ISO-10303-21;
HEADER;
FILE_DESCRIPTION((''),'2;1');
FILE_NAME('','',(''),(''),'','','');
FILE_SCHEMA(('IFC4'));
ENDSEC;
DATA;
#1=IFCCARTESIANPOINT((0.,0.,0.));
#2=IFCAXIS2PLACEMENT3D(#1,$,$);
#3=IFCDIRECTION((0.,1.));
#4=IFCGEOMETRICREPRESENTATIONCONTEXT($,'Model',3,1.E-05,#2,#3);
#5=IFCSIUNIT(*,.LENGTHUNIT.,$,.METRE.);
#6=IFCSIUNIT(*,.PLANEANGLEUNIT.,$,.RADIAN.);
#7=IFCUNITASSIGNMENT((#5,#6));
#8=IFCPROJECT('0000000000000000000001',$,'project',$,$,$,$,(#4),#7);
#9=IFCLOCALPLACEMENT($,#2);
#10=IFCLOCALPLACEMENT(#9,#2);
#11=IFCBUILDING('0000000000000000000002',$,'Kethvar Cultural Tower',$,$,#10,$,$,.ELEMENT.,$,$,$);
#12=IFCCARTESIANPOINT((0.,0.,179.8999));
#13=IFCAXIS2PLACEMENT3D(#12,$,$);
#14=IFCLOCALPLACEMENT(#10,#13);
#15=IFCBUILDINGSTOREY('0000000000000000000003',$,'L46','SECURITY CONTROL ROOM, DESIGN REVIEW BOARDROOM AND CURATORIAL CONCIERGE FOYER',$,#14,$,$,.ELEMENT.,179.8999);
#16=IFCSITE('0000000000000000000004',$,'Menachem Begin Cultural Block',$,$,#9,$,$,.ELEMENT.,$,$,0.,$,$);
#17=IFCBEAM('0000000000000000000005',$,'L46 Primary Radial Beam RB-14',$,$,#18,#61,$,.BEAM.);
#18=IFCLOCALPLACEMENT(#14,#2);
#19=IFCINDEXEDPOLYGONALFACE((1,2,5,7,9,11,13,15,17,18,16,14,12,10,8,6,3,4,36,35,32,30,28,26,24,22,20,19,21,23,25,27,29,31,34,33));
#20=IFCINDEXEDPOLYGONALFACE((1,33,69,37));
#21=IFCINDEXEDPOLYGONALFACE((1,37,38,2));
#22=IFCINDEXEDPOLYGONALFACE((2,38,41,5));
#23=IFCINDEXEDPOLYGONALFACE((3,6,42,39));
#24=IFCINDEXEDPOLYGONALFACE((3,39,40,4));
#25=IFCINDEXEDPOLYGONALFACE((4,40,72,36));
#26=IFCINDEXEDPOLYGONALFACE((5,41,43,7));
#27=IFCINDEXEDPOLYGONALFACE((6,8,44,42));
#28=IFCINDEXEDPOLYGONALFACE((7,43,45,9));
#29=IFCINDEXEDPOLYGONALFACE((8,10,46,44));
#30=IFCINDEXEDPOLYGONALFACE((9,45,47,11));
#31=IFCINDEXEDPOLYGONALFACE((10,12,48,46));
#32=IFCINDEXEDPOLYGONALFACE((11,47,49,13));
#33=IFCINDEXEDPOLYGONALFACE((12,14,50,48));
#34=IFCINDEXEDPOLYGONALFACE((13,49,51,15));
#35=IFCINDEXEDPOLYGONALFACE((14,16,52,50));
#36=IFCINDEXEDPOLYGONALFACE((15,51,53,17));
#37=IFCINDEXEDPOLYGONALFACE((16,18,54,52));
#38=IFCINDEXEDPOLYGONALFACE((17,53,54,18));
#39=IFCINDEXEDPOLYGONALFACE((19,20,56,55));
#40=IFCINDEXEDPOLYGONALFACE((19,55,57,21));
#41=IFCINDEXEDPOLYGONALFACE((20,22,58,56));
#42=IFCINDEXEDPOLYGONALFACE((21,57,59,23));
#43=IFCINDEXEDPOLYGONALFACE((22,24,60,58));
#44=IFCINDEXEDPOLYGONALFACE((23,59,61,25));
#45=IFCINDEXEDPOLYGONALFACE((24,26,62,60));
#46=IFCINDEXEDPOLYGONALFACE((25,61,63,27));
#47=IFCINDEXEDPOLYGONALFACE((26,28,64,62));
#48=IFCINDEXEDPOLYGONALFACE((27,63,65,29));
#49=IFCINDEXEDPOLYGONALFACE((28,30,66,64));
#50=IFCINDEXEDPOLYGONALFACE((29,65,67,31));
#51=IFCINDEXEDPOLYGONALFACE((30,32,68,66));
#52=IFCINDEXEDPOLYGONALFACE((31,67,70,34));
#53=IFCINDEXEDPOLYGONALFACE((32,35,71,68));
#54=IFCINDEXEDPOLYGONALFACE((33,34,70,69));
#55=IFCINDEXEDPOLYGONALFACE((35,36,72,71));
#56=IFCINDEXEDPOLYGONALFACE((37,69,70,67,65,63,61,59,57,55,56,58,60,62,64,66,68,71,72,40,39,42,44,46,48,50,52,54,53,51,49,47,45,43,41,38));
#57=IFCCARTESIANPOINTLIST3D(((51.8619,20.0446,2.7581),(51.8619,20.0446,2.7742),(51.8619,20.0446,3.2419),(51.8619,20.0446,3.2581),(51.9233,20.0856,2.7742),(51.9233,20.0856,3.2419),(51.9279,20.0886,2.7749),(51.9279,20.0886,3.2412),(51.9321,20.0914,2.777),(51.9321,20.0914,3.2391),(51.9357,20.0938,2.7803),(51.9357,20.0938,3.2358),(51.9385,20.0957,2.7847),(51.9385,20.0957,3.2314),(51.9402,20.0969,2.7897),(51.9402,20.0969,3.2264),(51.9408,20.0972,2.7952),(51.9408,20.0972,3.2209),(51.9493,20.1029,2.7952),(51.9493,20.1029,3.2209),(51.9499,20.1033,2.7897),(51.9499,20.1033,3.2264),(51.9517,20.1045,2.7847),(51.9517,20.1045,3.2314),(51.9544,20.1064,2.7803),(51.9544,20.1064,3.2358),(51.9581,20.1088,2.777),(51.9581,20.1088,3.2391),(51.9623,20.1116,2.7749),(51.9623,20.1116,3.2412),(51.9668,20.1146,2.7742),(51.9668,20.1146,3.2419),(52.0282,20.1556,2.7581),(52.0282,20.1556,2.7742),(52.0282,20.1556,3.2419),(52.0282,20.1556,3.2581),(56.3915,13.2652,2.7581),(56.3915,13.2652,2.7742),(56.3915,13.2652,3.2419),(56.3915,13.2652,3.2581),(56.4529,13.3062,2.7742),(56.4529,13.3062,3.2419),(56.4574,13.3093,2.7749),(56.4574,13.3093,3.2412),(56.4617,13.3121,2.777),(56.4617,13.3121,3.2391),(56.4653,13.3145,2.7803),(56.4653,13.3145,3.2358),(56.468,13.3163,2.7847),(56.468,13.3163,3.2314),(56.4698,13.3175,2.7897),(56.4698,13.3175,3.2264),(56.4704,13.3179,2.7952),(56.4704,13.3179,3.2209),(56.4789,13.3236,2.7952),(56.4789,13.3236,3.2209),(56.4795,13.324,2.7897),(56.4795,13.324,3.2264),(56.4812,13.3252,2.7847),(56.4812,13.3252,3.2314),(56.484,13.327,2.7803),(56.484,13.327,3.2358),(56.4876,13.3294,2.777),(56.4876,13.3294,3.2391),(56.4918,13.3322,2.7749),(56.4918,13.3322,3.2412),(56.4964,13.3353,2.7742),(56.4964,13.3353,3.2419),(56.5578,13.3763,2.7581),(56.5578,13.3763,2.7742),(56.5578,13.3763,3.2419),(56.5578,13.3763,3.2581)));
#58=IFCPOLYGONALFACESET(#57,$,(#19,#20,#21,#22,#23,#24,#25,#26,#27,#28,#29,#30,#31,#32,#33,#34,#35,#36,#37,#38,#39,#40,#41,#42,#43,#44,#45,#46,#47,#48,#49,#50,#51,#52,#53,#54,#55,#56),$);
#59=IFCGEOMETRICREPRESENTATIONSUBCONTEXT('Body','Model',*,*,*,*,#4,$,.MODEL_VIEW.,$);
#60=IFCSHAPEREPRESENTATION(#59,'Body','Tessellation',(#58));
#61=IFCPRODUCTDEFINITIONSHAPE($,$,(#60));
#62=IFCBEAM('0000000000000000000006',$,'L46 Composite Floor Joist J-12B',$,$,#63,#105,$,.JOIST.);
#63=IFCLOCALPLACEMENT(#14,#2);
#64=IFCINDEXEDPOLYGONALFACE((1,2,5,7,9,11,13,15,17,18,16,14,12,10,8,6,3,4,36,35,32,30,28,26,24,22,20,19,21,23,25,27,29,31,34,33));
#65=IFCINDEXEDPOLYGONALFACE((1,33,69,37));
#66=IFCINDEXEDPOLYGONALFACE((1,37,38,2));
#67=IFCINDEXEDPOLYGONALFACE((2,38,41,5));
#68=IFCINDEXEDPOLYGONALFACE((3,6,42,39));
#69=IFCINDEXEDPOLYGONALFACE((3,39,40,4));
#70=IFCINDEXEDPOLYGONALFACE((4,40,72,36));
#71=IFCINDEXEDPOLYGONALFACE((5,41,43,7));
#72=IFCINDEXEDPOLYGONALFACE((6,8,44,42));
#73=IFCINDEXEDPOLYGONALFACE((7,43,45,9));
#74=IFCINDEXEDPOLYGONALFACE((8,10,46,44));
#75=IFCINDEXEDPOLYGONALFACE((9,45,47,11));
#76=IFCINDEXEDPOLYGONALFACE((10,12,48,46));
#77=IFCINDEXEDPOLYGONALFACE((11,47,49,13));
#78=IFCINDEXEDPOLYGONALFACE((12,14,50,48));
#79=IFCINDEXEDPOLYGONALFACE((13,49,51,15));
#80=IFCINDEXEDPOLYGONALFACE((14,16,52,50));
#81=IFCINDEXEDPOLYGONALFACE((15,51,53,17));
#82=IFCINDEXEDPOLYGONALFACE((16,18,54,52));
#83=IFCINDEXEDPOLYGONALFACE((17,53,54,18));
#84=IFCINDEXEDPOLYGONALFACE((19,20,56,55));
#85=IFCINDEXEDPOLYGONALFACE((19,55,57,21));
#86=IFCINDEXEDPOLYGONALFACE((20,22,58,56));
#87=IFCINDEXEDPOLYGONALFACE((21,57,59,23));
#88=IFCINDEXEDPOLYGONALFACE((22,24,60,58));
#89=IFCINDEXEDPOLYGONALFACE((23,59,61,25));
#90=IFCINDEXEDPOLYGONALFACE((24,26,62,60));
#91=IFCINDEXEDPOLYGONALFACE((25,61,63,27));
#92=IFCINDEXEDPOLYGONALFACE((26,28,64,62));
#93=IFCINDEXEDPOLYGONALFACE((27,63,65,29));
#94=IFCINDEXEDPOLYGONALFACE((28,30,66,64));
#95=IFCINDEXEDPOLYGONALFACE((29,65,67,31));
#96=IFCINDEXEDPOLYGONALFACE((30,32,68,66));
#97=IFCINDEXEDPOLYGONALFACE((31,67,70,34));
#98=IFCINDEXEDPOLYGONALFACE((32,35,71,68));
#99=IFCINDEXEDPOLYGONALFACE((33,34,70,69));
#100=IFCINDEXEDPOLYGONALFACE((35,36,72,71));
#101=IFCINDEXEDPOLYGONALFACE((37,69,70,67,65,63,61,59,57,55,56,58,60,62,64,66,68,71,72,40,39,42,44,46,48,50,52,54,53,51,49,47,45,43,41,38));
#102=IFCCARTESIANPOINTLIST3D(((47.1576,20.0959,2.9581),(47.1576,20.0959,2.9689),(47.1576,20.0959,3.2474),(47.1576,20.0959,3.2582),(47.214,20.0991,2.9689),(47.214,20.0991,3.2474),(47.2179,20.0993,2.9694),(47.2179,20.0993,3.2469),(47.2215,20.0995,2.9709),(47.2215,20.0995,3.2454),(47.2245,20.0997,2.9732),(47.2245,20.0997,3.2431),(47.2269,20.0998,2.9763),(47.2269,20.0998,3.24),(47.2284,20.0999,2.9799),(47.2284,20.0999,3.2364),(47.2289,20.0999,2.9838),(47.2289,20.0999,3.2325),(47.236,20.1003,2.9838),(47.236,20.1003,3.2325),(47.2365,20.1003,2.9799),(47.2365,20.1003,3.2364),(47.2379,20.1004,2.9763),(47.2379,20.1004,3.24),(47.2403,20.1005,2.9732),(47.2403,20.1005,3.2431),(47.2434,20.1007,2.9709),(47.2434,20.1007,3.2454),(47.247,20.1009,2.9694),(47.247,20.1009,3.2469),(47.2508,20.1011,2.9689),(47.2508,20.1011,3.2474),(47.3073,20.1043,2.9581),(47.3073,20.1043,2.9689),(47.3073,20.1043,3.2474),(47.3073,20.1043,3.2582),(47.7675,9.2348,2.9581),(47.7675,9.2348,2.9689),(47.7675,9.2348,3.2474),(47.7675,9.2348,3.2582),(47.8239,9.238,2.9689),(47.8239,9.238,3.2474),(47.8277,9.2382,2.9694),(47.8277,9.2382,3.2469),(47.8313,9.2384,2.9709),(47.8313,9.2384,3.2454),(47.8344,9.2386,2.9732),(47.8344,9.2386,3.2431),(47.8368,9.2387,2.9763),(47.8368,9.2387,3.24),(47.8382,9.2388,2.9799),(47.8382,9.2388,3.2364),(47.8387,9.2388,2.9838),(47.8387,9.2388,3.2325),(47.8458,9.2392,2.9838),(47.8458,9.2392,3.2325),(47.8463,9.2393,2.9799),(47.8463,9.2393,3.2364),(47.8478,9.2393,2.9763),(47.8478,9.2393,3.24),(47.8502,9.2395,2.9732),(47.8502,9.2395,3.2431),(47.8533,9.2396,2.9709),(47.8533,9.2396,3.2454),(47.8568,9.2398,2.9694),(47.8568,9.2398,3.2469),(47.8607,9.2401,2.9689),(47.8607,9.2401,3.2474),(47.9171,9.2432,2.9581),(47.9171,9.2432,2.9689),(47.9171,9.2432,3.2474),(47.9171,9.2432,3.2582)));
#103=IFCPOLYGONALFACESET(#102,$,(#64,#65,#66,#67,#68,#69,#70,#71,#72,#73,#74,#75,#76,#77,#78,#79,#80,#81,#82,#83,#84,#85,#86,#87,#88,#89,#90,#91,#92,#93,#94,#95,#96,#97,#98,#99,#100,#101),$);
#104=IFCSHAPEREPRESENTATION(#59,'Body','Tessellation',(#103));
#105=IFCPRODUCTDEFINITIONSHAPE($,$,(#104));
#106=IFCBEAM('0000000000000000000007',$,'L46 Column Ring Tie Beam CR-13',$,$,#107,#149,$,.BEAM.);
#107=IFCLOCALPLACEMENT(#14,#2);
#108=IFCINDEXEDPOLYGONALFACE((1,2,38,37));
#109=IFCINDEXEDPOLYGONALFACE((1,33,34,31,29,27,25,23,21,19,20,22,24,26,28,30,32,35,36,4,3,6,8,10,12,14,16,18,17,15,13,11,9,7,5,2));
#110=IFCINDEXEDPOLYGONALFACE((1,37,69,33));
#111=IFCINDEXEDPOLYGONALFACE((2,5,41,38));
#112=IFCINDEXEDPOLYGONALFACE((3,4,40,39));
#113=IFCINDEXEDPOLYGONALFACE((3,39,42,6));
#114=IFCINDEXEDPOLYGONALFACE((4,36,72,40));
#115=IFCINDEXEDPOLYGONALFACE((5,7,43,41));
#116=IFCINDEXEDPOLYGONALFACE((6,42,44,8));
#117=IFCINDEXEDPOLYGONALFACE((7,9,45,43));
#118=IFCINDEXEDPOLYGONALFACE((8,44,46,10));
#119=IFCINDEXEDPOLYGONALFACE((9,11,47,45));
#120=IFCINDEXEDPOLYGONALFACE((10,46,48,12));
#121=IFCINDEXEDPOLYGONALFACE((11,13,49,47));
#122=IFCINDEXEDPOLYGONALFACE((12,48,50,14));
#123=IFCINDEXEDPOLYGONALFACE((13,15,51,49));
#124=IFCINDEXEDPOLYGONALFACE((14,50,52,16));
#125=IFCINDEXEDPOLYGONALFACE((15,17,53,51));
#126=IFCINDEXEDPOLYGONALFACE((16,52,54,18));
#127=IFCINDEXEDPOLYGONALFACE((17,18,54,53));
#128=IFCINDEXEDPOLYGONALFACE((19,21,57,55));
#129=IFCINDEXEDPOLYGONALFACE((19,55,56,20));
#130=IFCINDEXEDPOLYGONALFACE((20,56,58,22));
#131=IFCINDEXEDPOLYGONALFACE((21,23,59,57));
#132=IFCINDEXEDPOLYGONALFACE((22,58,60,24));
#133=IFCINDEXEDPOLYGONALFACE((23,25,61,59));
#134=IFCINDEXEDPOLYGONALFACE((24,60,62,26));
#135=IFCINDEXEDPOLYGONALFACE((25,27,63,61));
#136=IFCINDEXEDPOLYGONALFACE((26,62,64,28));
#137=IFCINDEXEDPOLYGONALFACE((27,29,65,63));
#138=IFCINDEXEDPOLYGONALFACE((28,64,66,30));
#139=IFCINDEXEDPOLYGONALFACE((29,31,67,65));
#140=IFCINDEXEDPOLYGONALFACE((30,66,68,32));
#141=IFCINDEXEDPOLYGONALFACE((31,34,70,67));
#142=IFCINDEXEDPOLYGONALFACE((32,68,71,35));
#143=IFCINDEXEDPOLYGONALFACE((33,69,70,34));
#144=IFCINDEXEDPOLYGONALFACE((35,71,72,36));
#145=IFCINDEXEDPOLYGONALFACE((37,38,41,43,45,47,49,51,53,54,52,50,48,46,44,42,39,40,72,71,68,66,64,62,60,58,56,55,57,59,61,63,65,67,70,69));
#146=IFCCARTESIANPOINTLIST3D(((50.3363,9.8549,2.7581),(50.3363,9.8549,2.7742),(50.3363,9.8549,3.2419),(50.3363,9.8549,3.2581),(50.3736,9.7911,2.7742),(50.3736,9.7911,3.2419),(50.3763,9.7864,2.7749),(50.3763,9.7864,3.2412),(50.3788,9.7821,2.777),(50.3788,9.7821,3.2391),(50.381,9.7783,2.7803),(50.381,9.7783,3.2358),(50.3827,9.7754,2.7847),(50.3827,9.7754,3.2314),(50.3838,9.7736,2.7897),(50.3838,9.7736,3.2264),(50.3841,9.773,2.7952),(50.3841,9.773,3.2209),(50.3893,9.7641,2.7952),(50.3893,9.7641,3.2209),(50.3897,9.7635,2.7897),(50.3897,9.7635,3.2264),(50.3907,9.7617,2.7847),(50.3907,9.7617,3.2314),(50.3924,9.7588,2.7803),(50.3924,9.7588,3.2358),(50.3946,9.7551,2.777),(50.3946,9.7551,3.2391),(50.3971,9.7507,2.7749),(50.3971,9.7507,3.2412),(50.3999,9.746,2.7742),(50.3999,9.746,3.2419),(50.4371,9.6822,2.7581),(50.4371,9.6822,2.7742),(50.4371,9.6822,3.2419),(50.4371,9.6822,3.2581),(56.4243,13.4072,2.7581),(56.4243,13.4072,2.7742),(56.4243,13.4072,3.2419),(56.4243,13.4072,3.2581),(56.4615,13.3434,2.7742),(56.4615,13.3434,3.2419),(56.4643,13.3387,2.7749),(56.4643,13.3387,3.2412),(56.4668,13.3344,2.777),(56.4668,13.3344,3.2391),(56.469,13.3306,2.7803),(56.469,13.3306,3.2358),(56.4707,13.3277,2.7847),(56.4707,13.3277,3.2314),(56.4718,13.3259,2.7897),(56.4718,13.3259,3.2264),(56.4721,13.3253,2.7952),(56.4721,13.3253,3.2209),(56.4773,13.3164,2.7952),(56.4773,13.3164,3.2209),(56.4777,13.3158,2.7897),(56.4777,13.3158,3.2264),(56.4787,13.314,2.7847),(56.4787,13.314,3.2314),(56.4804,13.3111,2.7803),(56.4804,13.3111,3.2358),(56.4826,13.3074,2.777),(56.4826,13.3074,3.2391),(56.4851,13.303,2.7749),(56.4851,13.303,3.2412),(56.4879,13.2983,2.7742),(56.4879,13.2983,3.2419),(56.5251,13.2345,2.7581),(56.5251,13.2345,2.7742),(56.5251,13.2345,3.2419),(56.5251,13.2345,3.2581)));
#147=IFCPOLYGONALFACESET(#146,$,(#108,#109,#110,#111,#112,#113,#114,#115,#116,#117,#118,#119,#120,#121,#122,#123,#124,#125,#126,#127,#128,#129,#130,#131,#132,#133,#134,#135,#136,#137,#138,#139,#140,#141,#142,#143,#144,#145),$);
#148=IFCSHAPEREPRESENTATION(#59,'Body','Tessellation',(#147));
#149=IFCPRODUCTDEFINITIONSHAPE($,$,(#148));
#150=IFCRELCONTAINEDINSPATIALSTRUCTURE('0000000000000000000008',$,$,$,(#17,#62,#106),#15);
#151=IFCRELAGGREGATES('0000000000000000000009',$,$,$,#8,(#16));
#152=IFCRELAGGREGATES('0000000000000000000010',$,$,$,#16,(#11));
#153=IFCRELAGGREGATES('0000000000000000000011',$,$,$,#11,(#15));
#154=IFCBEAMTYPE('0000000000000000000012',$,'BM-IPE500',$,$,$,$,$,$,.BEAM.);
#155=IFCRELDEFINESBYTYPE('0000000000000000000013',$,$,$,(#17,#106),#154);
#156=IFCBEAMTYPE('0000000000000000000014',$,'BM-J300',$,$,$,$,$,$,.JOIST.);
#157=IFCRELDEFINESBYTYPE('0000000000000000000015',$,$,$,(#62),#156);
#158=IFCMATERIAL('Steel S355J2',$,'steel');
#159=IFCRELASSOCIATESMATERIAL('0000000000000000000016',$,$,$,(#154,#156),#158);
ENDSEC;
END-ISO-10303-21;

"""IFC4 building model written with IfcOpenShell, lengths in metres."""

from ifc_helpers import new_model, si_unit, direction, frame, origin, origin_2d, place, context, subcontext, project, spatial, i_section, extrude, source, transform, mapped, material, material_profile, profile_set, type_object, element, save


model = new_model("IFC4")

# Units and contexts
model_context = context("Model", 3, precision=1e-05, world=origin(), true_north=direction((0.0, 1.0)))
body_context = subcontext(model_context, "Body", "Model", "MODEL_VIEW")
ifc_project = project(units=[si_unit("LENGTHUNIT", "METRE"), si_unit("PLANEANGLEUNIT", "RADIAN")], contexts=[model_context])

# Site, building, storey
site_placement = place(None, origin())
site = spatial("IfcSite", under=ifc_project, at=site_placement, Name="Menachem Begin Cultural Block", CompositionType="ELEMENT", RefElevation=0.0)
building_placement = place(site_placement, origin())
building = spatial("IfcBuilding", under=site, at=building_placement, Name="Kethvar Cultural Tower", CompositionType="ELEMENT")
storey_placement = place(building_placement, frame((0.0, 0.0, 179.8999)))
storey = spatial("IfcBuildingStorey", under=building, at=storey_placement, Name="L46", Description="SECURITY CONTROL ROOM, DESIGN REVIEW BOARDROOM AND CURATORIAL CONCIERGE FOYER", CompositionType="ELEMENT", Elevation=179.8999)

# Beams
ifc_material_1 = material(Name="Steel S355J2", Category="steel")
ifc_material_profile_1 = material_profile(ifc_material_1, i_section(OverallWidth=0.2, OverallDepth=0.5, WebThickness=0.0103, FlangeThickness=0.0161, FilletRadius=0.021, at=origin_2d()), Name="Steel S355J2 — IPE500")
ifc_profile_set_1 = profile_set([ifc_material_profile_1], Name="Steel S355J2 — IPE500")
beam_type_1 = type_object("IfcBeamType", Name="BM-IPE500", PredefinedType="BEAM", material=ifc_profile_set_1)
shared_shape_1 = source(origin(), body_context, "Body", "SweptSolid", [
    extrude(i_section(OverallWidth=0.2, OverallDepth=0.5, WebThickness=0.0103, FlangeThickness=0.0161, FilletRadius=0.021, at=origin_2d()), origin(), (0.0, 0.0, 1.0), 8.1533),
])
beam_1_placement = place(storey_placement, frame((51.9451, 20.1001, 3.0081), z_axis=(0.55555, -0.831483, 0.0), x_axis=(0.831483, 0.55555, 0.0)))
element("IfcBeam", 1, at=beam_1_placement, inside=storey, type_object=beam_type_1, Name="L46 Primary Radial Beam RB-14", PredefinedType="BEAM", context=body_context, shape_type="MappedRepresentation", body=[
    mapped(shared_shape_1, transform((0.0, 0.0, 0.0), scale=1.0)),
])
ifc_material_profile_2 = material_profile(ifc_material_1, i_section(OverallWidth=0.1499, OverallDepth=0.3, WebThickness=0.0071, FlangeThickness=0.0107, FilletRadius=0.0149, at=origin_2d()), Name="Steel S355J2 — IPE300")
ifc_profile_set_2 = profile_set([ifc_material_profile_2], Name="Steel S355J2 — IPE300")
beam_type_2 = type_object("IfcBeamType", Name="BM-J300", PredefinedType="JOIST", material=ifc_profile_set_2)
shared_shape_2 = source(origin(), body_context, "Body", "SweptSolid", [
    extrude(i_section(OverallWidth=0.1499, OverallDepth=0.3, WebThickness=0.0071, FlangeThickness=0.0107, FilletRadius=0.0149, at=origin_2d()), origin(), (0.0, 0.0, 1.0), 10.8782),
])
beam_2_placement = place(storey_placement, frame((47.2324, 20.1001, 3.1082), z_axis=(0.056063, -0.998427, 0.0), x_axis=(0.998427, 0.056063, 0.0)))
element("IfcBeam", 2, at=beam_2_placement, inside=storey, type_object=beam_type_2, Name="L46 Composite Floor Joist J-12B", PredefinedType="JOIST", context=body_context, shape_type="MappedRepresentation", body=[
    mapped(shared_shape_2, transform((0.0, 0.0, 0.0), scale=1.0)),
])
shared_shape_3 = source(origin(), body_context, "Body", "SweptSolid", [
    extrude(i_section(OverallWidth=0.2, OverallDepth=0.5, WebThickness=0.0103, FlangeThickness=0.0161, FilletRadius=0.021, at=origin_2d()), origin(), (0.0, 0.0, 1.0), 7.0486),
])
beam_3_placement = place(storey_placement, frame((50.3867, 9.7686, 3.0081), z_axis=(0.863719, 0.503974, 0.0), x_axis=(-0.503974, 0.863719, 0.0)))
element("IfcBeam", 3, at=beam_3_placement, inside=storey, type_object=beam_type_1, Name="L46 Column Ring Tie Beam CR-13", PredefinedType="BEAM", context=body_context, shape_type="MappedRepresentation", body=[
    mapped(shared_shape_3, transform((0.0, 0.0, 0.0), scale=1.0)),
])

save(model, "model.ifc")
